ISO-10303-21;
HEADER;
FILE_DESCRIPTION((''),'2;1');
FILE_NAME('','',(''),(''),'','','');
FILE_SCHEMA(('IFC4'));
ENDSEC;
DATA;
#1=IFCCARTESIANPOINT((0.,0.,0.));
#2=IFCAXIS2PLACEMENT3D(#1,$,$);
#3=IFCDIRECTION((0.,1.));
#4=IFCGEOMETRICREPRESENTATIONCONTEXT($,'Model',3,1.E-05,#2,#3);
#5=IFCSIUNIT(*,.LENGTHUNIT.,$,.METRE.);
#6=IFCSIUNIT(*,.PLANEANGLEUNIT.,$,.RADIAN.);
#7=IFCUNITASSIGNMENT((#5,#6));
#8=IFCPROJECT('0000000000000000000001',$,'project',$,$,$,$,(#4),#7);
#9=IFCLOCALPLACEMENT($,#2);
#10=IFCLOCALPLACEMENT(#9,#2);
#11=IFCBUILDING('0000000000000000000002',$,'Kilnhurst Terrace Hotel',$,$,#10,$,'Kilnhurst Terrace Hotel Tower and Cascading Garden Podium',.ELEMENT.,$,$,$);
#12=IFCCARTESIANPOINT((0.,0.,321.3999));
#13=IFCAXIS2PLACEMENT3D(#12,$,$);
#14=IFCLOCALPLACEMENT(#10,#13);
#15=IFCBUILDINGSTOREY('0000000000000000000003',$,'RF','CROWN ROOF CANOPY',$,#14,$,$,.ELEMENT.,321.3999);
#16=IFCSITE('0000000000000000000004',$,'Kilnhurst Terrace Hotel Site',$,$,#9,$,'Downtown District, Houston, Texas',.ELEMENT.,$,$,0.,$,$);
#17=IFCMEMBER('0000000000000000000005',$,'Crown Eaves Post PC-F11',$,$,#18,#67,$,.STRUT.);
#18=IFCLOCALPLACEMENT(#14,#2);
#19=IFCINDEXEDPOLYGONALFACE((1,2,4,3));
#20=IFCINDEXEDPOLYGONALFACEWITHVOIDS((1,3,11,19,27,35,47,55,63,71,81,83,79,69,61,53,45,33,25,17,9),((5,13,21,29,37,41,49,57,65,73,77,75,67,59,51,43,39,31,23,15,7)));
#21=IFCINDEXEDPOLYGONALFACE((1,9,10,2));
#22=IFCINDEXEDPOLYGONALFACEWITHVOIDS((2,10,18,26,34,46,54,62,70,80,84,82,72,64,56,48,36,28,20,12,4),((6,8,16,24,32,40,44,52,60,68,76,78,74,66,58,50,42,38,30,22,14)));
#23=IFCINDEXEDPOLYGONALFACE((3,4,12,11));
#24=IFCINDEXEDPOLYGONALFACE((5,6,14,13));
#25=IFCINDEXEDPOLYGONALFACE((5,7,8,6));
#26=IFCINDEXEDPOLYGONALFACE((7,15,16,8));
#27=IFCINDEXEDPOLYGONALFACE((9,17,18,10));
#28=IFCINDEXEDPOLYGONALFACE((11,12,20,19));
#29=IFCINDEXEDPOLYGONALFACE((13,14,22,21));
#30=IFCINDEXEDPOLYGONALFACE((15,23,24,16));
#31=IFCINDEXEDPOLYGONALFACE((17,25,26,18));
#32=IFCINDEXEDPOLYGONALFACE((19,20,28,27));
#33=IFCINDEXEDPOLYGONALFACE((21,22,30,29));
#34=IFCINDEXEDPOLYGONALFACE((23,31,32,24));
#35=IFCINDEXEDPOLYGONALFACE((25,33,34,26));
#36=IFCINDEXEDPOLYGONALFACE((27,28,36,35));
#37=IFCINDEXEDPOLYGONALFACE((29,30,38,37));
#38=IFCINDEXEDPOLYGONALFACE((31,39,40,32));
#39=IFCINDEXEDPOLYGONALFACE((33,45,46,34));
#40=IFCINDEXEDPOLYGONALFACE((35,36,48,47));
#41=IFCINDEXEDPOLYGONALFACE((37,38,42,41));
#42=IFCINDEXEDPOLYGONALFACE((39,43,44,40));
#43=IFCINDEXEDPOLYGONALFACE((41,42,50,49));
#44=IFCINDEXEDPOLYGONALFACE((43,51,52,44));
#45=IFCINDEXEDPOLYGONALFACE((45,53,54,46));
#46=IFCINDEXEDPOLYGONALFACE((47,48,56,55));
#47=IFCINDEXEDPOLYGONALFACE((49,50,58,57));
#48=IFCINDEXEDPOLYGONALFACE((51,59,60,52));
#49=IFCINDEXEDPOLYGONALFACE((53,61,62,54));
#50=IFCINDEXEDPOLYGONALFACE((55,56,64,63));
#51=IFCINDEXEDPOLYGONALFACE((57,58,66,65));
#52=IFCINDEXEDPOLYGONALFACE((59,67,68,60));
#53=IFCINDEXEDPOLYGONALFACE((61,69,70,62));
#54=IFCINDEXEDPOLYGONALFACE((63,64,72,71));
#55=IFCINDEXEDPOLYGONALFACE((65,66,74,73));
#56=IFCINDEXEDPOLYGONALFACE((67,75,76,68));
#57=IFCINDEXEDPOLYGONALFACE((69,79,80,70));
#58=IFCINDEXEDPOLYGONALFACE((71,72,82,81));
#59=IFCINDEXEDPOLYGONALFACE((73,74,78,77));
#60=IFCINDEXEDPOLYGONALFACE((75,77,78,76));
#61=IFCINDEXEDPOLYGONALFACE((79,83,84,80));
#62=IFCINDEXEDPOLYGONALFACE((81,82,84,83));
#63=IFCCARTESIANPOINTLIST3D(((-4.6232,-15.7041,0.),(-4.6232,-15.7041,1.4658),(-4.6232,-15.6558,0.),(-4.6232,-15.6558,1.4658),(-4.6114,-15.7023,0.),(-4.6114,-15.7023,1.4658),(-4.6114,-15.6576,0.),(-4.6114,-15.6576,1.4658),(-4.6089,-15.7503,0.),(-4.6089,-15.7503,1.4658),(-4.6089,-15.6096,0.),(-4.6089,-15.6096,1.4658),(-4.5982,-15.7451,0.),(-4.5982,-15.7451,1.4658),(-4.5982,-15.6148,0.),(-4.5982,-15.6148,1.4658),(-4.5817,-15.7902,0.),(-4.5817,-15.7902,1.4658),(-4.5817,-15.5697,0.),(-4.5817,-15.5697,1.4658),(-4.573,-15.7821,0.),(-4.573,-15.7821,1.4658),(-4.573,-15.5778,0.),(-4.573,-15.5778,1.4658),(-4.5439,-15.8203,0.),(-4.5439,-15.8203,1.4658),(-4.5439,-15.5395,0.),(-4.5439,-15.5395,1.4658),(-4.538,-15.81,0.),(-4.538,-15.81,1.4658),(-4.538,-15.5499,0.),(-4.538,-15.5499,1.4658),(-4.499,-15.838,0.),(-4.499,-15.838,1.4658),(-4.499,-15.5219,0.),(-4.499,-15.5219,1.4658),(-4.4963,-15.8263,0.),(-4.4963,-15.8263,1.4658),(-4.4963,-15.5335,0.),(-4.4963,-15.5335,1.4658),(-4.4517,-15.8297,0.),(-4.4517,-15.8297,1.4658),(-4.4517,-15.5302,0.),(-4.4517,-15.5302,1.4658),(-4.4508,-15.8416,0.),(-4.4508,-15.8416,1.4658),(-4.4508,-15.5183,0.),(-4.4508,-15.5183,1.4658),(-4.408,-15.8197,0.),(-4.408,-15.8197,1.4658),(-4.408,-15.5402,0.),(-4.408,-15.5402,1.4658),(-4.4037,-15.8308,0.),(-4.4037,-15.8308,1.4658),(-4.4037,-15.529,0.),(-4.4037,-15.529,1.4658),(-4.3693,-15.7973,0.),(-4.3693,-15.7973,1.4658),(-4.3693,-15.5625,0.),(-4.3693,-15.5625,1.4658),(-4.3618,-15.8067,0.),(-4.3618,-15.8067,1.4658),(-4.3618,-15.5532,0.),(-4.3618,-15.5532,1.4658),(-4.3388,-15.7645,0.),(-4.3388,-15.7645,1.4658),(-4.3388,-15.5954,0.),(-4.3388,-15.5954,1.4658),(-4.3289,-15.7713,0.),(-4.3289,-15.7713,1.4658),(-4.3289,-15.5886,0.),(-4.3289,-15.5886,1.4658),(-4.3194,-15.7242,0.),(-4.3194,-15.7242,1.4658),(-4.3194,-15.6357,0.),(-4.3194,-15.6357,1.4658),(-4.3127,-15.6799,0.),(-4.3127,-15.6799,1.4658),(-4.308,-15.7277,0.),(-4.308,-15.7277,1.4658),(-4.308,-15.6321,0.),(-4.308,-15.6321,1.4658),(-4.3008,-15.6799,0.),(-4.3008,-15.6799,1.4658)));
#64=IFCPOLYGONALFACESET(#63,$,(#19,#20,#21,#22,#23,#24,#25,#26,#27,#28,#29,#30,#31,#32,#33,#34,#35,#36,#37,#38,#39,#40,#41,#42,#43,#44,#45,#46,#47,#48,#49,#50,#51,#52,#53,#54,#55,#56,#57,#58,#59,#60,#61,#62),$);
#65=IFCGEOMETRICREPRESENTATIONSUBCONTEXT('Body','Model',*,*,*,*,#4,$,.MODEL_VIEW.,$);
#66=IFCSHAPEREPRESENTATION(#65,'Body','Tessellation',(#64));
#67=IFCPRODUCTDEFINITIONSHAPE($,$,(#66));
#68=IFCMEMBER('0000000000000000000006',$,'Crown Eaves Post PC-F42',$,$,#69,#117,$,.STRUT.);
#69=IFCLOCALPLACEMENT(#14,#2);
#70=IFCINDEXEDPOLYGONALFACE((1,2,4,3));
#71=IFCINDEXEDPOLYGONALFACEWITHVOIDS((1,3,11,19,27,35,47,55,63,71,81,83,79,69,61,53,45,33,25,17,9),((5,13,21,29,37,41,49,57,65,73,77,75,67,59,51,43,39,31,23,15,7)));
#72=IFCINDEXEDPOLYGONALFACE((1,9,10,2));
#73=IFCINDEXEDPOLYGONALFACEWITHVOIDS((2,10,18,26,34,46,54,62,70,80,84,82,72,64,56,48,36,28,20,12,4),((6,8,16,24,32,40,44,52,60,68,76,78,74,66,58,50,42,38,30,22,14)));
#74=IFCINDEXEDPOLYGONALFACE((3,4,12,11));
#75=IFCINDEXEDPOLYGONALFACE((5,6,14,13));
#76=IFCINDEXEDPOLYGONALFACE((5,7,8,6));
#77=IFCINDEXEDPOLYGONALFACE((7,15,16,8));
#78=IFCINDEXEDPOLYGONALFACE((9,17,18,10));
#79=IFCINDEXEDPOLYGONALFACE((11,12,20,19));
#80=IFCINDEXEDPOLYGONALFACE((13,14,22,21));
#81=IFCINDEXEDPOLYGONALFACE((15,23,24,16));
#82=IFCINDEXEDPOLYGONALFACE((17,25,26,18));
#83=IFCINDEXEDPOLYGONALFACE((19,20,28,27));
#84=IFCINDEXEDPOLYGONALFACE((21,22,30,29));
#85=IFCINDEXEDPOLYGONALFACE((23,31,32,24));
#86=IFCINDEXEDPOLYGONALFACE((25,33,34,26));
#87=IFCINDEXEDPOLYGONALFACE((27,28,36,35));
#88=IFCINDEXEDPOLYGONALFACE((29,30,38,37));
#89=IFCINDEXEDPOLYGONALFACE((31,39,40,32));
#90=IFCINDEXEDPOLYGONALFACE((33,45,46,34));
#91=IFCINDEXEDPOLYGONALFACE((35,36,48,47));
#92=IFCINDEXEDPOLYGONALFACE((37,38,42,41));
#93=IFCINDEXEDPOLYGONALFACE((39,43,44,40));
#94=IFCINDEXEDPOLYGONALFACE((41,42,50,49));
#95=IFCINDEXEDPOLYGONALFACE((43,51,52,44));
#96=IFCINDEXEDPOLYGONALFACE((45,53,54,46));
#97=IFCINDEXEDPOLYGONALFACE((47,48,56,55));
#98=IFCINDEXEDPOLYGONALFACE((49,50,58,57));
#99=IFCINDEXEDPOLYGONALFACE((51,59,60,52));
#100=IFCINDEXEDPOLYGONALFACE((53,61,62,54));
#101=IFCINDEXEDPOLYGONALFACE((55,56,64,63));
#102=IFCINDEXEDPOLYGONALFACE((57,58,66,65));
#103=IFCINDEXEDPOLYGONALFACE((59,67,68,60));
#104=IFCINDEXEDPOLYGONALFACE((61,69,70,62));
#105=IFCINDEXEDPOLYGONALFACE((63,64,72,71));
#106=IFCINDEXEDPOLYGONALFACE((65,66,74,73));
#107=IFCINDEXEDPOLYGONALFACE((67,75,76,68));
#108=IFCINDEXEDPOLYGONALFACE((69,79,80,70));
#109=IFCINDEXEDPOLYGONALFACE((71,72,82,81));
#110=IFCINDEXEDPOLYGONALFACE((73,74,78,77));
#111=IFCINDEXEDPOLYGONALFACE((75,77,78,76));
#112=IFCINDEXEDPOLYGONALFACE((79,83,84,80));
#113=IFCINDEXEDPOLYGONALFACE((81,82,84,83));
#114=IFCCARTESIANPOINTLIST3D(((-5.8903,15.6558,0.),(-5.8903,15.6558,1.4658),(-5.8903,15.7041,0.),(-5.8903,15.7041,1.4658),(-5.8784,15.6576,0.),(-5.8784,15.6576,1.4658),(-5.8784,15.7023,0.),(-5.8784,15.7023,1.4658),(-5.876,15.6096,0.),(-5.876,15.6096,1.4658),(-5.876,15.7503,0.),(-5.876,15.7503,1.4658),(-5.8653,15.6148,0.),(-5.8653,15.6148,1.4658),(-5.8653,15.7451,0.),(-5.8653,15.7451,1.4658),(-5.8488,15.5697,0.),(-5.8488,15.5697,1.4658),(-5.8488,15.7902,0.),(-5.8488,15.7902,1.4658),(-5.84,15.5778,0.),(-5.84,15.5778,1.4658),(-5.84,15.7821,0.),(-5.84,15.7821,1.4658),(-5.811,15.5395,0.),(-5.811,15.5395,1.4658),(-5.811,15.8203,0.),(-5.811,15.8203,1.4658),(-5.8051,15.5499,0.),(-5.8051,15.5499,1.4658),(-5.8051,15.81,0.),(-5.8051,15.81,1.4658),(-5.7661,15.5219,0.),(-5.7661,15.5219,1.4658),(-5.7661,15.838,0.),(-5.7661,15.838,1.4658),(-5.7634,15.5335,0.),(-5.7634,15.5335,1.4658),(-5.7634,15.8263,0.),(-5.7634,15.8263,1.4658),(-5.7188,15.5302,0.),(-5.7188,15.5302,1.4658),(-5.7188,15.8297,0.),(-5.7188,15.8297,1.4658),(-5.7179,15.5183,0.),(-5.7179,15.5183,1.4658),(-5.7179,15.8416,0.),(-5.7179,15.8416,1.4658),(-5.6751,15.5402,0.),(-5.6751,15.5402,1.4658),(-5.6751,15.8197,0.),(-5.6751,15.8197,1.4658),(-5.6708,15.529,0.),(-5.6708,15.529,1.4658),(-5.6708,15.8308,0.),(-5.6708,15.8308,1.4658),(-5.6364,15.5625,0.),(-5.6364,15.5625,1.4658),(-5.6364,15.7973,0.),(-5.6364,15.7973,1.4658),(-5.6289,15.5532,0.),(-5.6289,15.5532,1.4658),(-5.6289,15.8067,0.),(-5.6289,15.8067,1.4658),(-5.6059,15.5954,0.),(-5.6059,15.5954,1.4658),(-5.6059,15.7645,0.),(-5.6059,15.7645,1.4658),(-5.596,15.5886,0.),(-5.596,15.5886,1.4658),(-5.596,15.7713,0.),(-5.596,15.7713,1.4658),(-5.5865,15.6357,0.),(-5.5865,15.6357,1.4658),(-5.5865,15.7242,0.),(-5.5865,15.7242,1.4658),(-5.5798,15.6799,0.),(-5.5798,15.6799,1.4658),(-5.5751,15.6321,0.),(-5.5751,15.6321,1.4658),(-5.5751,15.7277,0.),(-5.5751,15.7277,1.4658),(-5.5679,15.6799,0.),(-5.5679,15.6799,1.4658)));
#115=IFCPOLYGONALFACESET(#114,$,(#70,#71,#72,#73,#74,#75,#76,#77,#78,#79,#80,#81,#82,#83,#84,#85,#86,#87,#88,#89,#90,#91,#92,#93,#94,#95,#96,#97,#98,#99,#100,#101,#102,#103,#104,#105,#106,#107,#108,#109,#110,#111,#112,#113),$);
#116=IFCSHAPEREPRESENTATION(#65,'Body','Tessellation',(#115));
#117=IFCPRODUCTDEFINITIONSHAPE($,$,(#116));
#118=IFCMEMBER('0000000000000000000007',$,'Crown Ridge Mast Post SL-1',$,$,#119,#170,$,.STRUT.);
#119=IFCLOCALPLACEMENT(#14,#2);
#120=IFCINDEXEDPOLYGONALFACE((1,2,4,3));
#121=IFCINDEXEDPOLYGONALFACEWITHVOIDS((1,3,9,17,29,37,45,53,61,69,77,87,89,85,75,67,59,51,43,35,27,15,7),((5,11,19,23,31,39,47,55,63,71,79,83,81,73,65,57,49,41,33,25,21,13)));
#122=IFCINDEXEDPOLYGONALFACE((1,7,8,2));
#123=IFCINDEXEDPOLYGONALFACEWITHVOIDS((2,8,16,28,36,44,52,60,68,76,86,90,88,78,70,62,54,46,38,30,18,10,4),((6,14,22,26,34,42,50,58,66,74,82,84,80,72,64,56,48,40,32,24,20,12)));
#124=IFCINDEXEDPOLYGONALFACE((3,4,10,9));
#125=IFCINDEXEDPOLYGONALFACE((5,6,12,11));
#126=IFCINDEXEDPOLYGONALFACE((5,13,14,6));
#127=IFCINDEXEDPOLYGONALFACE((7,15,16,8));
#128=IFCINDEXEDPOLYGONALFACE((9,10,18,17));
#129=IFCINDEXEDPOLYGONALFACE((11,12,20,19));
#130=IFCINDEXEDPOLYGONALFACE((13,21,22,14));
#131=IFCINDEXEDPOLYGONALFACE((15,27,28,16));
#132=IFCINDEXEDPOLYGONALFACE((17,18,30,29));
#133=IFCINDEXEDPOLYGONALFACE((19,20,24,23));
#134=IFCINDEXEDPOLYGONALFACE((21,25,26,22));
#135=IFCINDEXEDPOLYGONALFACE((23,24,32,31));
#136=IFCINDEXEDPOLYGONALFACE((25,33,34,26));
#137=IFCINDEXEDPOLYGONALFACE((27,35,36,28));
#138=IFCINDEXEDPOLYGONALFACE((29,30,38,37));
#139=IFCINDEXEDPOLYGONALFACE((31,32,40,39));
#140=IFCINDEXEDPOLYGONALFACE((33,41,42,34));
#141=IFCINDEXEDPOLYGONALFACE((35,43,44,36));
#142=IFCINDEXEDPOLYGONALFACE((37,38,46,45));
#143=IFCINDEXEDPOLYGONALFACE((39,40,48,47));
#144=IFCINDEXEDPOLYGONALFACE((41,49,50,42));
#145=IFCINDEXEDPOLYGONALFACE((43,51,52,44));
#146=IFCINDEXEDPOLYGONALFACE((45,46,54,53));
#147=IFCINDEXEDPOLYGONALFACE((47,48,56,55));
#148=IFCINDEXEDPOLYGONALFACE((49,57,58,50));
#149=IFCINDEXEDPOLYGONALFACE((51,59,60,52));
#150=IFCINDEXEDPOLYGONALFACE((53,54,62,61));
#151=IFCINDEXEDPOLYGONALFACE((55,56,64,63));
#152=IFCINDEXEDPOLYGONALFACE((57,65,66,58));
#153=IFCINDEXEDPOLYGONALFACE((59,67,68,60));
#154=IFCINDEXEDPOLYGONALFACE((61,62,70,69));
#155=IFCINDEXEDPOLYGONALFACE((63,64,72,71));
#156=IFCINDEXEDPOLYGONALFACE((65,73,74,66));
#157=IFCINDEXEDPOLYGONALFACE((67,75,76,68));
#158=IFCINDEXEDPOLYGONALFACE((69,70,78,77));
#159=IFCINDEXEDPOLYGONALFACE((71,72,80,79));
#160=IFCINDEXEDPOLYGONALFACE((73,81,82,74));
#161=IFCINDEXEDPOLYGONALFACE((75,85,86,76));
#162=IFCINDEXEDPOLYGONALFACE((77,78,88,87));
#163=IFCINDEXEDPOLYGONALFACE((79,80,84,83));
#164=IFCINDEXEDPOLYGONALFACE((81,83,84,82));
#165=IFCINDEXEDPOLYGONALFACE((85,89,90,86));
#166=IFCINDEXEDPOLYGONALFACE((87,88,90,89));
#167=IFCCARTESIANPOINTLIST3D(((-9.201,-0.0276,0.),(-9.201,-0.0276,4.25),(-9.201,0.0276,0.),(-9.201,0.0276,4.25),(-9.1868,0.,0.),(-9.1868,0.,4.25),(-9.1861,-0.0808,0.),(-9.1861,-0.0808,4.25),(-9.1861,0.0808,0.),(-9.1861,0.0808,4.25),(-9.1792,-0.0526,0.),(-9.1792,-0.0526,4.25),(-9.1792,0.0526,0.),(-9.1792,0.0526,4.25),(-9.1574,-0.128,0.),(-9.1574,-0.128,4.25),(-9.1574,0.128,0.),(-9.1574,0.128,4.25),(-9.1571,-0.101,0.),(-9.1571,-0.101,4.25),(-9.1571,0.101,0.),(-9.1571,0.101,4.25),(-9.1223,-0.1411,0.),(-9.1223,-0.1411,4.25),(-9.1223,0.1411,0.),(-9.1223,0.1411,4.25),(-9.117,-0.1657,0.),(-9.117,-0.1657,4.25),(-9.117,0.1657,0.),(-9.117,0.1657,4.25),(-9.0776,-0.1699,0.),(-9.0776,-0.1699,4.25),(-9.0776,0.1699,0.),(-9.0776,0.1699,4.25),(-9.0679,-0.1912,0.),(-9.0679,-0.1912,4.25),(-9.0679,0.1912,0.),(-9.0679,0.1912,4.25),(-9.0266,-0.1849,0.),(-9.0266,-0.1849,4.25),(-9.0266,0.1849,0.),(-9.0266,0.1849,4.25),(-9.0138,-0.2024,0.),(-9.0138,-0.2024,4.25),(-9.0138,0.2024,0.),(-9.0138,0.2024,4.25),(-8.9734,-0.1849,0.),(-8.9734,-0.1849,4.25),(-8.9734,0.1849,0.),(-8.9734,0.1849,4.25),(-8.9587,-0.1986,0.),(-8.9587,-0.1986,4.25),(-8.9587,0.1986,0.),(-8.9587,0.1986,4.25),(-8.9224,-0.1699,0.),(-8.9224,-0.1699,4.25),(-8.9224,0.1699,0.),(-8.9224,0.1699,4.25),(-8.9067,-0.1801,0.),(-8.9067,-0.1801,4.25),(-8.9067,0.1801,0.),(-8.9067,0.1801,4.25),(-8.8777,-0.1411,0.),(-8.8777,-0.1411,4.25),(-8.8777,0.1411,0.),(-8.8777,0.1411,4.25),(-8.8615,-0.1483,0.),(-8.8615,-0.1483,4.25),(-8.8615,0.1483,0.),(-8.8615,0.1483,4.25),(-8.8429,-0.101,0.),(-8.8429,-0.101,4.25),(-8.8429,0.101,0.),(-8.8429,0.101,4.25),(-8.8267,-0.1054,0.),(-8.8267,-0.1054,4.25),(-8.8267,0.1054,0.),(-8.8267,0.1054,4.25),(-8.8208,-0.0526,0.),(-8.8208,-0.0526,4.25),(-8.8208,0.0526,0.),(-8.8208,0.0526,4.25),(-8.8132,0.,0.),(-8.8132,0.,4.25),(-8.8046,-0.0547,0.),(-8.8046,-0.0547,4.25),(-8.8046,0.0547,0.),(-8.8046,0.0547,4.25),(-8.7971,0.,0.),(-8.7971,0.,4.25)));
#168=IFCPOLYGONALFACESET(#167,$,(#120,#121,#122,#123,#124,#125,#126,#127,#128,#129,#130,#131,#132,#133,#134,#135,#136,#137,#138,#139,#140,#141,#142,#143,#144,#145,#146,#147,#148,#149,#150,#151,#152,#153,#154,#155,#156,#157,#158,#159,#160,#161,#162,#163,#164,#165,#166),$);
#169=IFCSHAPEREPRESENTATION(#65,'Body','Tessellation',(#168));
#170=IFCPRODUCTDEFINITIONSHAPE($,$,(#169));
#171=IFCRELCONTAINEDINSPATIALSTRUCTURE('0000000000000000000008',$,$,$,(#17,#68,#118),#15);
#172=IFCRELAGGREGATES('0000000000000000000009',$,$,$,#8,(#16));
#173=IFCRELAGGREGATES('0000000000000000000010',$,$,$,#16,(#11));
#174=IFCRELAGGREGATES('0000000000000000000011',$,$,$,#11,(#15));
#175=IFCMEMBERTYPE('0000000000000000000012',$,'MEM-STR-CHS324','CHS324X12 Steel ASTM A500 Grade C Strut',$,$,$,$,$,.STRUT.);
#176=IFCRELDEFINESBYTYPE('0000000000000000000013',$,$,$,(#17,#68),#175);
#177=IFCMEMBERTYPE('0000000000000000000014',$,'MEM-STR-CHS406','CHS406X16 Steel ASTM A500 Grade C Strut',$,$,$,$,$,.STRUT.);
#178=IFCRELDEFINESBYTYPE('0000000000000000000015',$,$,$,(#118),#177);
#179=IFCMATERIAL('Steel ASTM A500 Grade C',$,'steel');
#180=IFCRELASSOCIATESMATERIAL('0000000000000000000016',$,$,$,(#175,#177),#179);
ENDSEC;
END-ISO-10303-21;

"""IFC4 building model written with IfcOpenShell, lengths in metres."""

from ifc_helpers import new_model, si_unit, direction, frame, origin, origin_2d, place, context, subcontext, project, spatial, hollow_circle, extrude, material, material_profile, profile_set, type_object, element, save


model = new_model("IFC4")

# Units and contexts
model_context = context("Model", 3, precision=1e-05, world=origin(), true_north=direction((0.0, 1.0)))
body_context = subcontext(model_context, "Body", "Model", "MODEL_VIEW")
ifc_project = project(units=[si_unit("LENGTHUNIT", "METRE"), si_unit("PLANEANGLEUNIT", "RADIAN")], contexts=[model_context])

# Site, building, storey
site_placement = place(None, origin())
site = spatial("IfcSite", under=ifc_project, at=site_placement, Name="Kilnhurst Terrace Hotel Site", LongName="Downtown District, Houston, Texas", CompositionType="ELEMENT", RefElevation=0.0)
building_placement = place(site_placement, origin())
building = spatial("IfcBuilding", under=site, at=building_placement, Name="Kilnhurst Terrace Hotel", LongName="Kilnhurst Terrace Hotel Tower and Cascading Garden Podium", CompositionType="ELEMENT")
storey_placement = place(building_placement, frame((0.0, 0.0, 321.3999)))
storey = spatial("IfcBuildingStorey", under=building, at=storey_placement, Name="RF", Description="CROWN ROOF CANOPY", CompositionType="ELEMENT", Elevation=321.3999)

# Members
ifc_material_1 = material(Name="Steel ASTM A500 Grade C", Category="steel")
ifc_material_profile_1 = material_profile(ifc_material_1, hollow_circle(Radius=0.1621, WallThickness=0.012, at=origin_2d()), Name="CHS324X12")
ifc_profile_set_1 = profile_set([ifc_material_profile_1], Name="Steel ASTM A500 Grade C")
member_type_1 = type_object("IfcMemberType", Name="MEM-STR-CHS324", Description="CHS324X12 Steel ASTM A500 Grade C Strut", PredefinedType="STRUT", material=ifc_profile_set_1)
for number, where, z_axis, x_axis, name in (
    (1, (-4.4629, -15.6799, 0.0), (0.0, 0.0, 1.0), (1.0, 0.0, 0.0), "Crown Eaves Post PC-F11"),
    (2, (-5.73, 15.6799, 0.0), (0.0, 0.0, 1.0), (1.0, 0.0, 0.0), "Crown Eaves Post PC-F42"),
):
    element("IfcMember", number, at=place(storey_placement, frame(where, z_axis=z_axis, x_axis=x_axis)), inside=storey, type_object=member_type_1, Name=name, PredefinedType="STRUT", context=body_context, shape_type="SweptSolid", body=[
        extrude(hollow_circle(Radius=0.1621, WallThickness=0.012, at=origin_2d()), origin(), (0.0, 0.0, 1.0), 1.4658),
    ])
ifc_material_profile_2 = material_profile(ifc_material_1, hollow_circle(Radius=0.2029, WallThickness=0.0161, at=origin_2d()), Name="CHS406X16")
ifc_profile_set_2 = profile_set([ifc_material_profile_2], Name="Steel ASTM A500 Grade C")
member_type_2 = type_object("IfcMemberType", Name="MEM-STR-CHS406", Description="CHS406X16 Steel ASTM A500 Grade C Strut", PredefinedType="STRUT", material=ifc_profile_set_2)
member_1_placement = place(storey_placement, frame((-9.0, 0.0, 0.0), z_axis=(0.0, 0.0, 1.0), x_axis=(1.0, 0.0, 0.0)))
element("IfcMember", 3, at=member_1_placement, inside=storey, type_object=member_type_2, Name="Crown Ridge Mast Post SL-1", PredefinedType="STRUT", context=body_context, shape_type="SweptSolid", body=[
    extrude(hollow_circle(Radius=0.2029, WallThickness=0.0161, at=origin_2d()), origin(), (0.0, 0.0, 1.0), 4.25),
])

save(model, "model.ifc")
